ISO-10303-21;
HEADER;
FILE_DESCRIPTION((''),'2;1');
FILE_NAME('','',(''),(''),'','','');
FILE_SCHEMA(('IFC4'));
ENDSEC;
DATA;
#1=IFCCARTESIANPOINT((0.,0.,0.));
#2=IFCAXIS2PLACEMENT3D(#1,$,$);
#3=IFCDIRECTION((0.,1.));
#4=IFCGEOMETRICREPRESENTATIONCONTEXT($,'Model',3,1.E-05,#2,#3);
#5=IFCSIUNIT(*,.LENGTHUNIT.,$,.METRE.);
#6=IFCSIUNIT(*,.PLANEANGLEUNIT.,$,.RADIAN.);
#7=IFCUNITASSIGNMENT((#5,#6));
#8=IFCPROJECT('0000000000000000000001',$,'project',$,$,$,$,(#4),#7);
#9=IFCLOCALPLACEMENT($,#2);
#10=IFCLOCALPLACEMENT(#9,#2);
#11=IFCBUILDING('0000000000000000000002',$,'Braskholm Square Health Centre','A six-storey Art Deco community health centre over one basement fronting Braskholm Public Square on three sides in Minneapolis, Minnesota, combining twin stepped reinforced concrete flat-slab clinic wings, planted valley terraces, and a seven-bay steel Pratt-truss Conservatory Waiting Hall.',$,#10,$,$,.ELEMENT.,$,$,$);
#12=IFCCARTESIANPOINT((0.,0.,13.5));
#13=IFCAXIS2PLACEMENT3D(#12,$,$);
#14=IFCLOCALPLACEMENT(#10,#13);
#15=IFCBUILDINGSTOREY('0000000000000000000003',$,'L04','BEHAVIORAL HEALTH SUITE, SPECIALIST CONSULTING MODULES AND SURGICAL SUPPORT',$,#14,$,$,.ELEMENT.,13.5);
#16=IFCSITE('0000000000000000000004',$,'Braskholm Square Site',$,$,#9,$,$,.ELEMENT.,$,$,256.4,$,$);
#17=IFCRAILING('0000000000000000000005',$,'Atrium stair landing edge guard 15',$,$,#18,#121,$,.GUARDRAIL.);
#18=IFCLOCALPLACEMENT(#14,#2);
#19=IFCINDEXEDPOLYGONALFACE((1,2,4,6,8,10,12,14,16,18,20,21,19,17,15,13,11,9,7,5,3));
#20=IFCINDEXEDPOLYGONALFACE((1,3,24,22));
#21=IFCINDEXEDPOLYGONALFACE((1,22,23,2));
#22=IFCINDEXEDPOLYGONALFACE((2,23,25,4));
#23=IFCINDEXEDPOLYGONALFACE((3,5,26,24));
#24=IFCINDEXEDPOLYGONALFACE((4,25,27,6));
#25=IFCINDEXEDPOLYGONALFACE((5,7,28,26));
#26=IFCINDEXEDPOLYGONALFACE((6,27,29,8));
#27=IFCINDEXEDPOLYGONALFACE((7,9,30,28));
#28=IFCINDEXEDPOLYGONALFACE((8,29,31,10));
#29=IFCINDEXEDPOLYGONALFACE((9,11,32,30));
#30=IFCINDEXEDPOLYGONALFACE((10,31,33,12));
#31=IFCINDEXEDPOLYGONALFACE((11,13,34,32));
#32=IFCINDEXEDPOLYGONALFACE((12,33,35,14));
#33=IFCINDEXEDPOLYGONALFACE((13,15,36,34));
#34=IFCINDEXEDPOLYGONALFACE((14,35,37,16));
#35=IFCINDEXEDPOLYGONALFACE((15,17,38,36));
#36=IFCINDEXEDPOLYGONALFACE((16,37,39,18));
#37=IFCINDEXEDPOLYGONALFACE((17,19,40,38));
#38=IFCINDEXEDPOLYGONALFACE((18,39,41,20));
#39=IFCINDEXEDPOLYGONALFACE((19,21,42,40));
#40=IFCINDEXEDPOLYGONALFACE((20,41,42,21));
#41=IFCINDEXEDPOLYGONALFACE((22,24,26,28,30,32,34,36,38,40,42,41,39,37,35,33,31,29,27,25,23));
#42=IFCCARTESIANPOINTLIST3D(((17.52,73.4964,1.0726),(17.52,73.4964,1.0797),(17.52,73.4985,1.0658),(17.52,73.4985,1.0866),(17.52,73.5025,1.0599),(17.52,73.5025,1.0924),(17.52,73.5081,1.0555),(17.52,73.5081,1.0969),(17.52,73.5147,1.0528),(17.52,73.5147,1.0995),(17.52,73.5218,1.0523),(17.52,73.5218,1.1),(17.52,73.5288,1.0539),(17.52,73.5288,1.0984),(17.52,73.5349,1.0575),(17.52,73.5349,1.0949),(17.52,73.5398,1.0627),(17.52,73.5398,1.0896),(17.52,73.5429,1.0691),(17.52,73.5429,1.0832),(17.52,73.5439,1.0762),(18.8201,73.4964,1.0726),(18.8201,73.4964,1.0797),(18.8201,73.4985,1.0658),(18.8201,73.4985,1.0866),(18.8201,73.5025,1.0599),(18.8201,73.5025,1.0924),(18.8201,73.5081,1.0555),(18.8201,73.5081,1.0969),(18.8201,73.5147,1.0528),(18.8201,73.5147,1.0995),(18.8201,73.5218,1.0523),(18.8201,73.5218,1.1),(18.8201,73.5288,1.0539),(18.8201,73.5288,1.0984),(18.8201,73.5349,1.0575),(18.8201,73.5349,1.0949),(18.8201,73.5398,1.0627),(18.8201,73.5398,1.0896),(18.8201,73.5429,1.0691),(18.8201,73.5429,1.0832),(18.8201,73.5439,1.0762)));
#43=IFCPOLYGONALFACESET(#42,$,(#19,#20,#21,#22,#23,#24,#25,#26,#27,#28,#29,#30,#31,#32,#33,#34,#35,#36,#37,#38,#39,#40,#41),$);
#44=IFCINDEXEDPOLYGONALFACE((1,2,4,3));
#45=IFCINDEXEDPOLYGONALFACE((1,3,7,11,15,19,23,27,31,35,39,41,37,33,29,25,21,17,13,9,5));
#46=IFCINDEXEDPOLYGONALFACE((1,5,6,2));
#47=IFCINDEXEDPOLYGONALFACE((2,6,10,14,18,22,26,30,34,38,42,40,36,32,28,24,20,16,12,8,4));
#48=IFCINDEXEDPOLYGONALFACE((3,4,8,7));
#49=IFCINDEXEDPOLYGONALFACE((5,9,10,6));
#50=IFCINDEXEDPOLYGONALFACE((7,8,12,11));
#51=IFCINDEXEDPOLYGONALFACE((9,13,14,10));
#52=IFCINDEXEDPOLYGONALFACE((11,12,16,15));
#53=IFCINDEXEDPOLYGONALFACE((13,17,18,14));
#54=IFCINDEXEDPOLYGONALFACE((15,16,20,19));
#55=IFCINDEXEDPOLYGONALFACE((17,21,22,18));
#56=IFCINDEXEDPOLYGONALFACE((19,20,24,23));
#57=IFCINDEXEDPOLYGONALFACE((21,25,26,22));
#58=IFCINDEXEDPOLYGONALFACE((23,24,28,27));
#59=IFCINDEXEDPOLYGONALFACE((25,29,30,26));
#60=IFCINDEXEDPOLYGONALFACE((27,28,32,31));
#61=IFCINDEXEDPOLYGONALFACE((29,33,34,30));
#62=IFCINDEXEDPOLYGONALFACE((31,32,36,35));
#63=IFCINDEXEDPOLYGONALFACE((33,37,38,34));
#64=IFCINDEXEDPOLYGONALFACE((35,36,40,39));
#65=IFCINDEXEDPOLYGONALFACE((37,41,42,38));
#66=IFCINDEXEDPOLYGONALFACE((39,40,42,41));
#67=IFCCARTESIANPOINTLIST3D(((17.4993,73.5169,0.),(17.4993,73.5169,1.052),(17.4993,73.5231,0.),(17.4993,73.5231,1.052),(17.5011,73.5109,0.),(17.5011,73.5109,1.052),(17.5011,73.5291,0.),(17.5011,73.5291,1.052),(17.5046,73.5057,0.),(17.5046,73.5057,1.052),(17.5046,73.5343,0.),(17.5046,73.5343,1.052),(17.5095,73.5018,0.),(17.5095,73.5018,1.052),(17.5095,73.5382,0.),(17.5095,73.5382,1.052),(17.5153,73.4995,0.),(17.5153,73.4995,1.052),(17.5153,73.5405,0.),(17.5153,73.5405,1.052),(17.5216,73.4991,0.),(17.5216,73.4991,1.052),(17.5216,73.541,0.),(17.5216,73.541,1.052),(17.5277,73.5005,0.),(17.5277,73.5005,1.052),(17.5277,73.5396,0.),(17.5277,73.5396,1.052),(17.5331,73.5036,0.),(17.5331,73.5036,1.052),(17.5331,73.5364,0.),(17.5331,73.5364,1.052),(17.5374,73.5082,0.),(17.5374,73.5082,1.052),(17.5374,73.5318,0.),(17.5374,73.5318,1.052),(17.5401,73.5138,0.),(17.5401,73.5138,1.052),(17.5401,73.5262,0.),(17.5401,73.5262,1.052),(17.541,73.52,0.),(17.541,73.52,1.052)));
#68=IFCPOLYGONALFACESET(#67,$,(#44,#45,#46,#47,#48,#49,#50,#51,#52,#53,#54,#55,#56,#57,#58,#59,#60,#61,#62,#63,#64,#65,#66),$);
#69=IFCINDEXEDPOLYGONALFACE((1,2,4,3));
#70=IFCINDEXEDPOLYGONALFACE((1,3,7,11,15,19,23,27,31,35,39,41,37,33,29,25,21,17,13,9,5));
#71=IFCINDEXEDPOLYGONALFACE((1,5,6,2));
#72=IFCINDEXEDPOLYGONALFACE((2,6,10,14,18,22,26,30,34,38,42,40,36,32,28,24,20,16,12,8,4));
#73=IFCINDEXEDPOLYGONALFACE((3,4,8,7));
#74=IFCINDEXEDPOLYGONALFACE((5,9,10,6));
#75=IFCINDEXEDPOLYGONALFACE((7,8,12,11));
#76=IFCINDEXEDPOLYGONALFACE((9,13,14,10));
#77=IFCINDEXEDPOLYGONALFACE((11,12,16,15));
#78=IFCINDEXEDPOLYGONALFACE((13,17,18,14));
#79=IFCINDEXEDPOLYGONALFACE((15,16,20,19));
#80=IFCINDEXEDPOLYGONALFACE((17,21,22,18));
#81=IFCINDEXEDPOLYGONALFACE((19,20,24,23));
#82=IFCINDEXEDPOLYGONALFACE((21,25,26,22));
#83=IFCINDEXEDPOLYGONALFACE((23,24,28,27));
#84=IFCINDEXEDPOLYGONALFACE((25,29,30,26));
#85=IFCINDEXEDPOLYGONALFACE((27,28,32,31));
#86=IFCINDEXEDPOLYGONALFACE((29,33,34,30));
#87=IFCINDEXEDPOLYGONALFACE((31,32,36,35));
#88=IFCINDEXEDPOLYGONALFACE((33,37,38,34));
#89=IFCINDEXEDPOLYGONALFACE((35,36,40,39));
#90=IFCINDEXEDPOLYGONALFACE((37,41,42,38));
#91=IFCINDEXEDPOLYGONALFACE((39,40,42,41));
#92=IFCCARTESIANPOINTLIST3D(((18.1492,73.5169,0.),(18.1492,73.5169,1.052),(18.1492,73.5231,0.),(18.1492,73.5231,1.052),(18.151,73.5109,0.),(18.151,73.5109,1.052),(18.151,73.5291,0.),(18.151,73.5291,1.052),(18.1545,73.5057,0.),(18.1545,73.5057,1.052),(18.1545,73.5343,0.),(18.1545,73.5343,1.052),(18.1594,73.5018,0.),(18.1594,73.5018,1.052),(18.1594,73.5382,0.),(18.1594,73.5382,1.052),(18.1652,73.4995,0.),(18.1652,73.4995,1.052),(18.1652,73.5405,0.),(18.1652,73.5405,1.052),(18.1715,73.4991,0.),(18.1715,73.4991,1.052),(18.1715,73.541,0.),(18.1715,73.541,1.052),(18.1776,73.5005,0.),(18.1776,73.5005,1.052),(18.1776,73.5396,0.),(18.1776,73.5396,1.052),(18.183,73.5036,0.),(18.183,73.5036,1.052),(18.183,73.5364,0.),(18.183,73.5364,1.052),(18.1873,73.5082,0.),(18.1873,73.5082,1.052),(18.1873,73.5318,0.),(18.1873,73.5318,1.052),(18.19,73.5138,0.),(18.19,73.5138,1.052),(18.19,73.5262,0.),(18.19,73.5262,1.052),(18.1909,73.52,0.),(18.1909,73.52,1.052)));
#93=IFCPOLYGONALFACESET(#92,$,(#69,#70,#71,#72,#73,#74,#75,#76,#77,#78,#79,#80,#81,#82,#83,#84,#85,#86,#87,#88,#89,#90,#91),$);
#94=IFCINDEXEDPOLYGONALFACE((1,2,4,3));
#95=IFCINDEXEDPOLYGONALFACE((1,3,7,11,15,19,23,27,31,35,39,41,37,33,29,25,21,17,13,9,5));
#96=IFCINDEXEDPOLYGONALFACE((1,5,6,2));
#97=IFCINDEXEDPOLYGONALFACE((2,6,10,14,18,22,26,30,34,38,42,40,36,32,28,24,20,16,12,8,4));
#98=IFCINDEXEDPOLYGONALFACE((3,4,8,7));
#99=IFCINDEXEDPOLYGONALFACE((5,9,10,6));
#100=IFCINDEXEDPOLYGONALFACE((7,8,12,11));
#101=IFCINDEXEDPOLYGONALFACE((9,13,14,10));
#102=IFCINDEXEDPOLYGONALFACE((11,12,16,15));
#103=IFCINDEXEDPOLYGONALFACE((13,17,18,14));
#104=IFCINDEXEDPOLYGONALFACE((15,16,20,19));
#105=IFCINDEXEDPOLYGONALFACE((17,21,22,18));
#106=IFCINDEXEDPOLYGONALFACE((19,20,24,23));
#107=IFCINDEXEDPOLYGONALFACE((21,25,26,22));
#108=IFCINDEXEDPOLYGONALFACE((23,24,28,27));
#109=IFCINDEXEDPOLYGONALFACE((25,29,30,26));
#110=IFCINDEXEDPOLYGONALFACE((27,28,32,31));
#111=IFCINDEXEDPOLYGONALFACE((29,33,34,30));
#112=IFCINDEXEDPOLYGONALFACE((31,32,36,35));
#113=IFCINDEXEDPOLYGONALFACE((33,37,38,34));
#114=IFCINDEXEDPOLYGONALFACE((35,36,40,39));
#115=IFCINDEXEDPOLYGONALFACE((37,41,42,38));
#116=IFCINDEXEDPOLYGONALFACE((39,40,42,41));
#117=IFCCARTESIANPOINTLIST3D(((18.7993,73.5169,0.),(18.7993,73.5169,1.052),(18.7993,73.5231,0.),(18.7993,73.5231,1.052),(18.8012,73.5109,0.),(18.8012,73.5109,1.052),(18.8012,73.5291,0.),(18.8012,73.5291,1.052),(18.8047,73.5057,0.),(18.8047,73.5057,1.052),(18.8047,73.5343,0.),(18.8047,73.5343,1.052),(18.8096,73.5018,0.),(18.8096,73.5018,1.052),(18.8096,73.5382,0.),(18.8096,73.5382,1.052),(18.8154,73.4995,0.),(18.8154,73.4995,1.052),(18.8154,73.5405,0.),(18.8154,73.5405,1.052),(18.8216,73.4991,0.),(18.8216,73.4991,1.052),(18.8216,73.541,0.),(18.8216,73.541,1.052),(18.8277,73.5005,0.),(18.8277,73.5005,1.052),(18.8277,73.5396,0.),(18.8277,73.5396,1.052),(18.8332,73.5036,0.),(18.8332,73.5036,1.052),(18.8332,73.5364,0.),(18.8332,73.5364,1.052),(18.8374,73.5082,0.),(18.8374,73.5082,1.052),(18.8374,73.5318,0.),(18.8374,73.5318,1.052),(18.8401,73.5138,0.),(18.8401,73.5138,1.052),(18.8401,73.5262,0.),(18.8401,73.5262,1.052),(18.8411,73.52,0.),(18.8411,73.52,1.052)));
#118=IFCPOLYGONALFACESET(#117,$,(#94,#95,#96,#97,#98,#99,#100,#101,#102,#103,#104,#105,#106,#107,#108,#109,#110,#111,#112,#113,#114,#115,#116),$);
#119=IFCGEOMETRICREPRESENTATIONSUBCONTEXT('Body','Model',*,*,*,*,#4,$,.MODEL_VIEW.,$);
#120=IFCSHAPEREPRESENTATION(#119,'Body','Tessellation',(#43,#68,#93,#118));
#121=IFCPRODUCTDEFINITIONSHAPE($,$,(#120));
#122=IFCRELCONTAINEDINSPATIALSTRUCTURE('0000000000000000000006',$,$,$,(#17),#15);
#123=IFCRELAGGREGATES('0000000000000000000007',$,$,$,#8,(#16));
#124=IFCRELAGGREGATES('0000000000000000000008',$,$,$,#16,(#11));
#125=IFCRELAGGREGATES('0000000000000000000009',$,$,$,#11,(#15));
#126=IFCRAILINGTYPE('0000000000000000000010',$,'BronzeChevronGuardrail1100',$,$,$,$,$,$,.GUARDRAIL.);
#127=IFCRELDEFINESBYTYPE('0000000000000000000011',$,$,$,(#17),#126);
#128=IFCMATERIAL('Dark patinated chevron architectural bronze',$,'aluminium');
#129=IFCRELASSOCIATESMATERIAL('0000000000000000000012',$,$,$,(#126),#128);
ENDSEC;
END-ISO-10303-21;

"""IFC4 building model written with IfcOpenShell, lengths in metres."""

from ifc_helpers import new_model, si_unit, direction, frame, origin, origin_2d, place, context, subcontext, project, spatial, circle, extrude, material, type_object, element, save


model = new_model("IFC4")

# Units and contexts
model_context = context("Model", 3, precision=1e-05, world=origin(), true_north=direction((0.0, 1.0)))
body_context = subcontext(model_context, "Body", "Model", "MODEL_VIEW")
ifc_project = project(units=[si_unit("LENGTHUNIT", "METRE"), si_unit("PLANEANGLEUNIT", "RADIAN")], contexts=[model_context])

# Site, building, storey
site_placement = place(None, origin())
site = spatial("IfcSite", under=ifc_project, at=site_placement, Name="Braskholm Square Site", CompositionType="ELEMENT", RefElevation=256.4)
building_placement = place(site_placement, origin())
building = spatial("IfcBuilding", under=site, at=building_placement, Name="Braskholm Square Health Centre", Description="A six-storey Art Deco community health centre over one basement fronting Braskholm Public Square on three sides in Minneapolis, Minnesota, combining twin stepped reinforced concrete flat-slab clinic wings, planted valley terraces, and a seven-bay steel Pratt-truss Conservatory Waiting Hall.", CompositionType="ELEMENT")
storey_placement = place(building_placement, frame((0.0, 0.0, 13.5)))
storey = spatial("IfcBuildingStorey", under=building, at=storey_placement, Name="L04", Description="BEHAVIORAL HEALTH SUITE, SPECIALIST CONSULTING MODULES AND SURGICAL SUPPORT", CompositionType="ELEMENT", Elevation=13.5)

# Railing
ifc_material_1 = material(Name="Dark patinated chevron architectural bronze", Category="aluminium")
railing_type = type_object("IfcRailingType", Name="BronzeChevronGuardrail1100", PredefinedType="GUARDRAIL", material=ifc_material_1)
for number, where, name in (
    (1, (17.52, 73.52, 0.0), "Atrium stair landing edge guard 15"),
):
    element("IfcRailing", number, at=place(storey_placement, frame(where)), inside=storey, type_object=railing_type, Name=name, PredefinedType="GUARDRAIL", context=body_context, shape_type="SweptSolid", body=[
        extrude(circle(Radius=0.0239, at=origin_2d()), frame((0.0, 0.0, 1.0762), z_axis=(1.0, 0.0, 0.0), x_axis=(0.0, 1.0, 0.0)), (0.0, 0.0, 1.0), 1.3),
        extrude(circle(Radius=0.021, at=origin_2d()), origin(), (0.0, 0.0, 1.0), 1.052),
        extrude(circle(Radius=0.021, at=origin_2d()), frame((0.6499, 0.0, 0.0)), (0.0, 0.0, 1.0), 1.052),
        extrude(circle(Radius=0.021, at=origin_2d()), frame((1.3, 0.0, 0.0)), (0.0, 0.0, 1.0), 1.052),
    ])

save(model, "model.ifc")
